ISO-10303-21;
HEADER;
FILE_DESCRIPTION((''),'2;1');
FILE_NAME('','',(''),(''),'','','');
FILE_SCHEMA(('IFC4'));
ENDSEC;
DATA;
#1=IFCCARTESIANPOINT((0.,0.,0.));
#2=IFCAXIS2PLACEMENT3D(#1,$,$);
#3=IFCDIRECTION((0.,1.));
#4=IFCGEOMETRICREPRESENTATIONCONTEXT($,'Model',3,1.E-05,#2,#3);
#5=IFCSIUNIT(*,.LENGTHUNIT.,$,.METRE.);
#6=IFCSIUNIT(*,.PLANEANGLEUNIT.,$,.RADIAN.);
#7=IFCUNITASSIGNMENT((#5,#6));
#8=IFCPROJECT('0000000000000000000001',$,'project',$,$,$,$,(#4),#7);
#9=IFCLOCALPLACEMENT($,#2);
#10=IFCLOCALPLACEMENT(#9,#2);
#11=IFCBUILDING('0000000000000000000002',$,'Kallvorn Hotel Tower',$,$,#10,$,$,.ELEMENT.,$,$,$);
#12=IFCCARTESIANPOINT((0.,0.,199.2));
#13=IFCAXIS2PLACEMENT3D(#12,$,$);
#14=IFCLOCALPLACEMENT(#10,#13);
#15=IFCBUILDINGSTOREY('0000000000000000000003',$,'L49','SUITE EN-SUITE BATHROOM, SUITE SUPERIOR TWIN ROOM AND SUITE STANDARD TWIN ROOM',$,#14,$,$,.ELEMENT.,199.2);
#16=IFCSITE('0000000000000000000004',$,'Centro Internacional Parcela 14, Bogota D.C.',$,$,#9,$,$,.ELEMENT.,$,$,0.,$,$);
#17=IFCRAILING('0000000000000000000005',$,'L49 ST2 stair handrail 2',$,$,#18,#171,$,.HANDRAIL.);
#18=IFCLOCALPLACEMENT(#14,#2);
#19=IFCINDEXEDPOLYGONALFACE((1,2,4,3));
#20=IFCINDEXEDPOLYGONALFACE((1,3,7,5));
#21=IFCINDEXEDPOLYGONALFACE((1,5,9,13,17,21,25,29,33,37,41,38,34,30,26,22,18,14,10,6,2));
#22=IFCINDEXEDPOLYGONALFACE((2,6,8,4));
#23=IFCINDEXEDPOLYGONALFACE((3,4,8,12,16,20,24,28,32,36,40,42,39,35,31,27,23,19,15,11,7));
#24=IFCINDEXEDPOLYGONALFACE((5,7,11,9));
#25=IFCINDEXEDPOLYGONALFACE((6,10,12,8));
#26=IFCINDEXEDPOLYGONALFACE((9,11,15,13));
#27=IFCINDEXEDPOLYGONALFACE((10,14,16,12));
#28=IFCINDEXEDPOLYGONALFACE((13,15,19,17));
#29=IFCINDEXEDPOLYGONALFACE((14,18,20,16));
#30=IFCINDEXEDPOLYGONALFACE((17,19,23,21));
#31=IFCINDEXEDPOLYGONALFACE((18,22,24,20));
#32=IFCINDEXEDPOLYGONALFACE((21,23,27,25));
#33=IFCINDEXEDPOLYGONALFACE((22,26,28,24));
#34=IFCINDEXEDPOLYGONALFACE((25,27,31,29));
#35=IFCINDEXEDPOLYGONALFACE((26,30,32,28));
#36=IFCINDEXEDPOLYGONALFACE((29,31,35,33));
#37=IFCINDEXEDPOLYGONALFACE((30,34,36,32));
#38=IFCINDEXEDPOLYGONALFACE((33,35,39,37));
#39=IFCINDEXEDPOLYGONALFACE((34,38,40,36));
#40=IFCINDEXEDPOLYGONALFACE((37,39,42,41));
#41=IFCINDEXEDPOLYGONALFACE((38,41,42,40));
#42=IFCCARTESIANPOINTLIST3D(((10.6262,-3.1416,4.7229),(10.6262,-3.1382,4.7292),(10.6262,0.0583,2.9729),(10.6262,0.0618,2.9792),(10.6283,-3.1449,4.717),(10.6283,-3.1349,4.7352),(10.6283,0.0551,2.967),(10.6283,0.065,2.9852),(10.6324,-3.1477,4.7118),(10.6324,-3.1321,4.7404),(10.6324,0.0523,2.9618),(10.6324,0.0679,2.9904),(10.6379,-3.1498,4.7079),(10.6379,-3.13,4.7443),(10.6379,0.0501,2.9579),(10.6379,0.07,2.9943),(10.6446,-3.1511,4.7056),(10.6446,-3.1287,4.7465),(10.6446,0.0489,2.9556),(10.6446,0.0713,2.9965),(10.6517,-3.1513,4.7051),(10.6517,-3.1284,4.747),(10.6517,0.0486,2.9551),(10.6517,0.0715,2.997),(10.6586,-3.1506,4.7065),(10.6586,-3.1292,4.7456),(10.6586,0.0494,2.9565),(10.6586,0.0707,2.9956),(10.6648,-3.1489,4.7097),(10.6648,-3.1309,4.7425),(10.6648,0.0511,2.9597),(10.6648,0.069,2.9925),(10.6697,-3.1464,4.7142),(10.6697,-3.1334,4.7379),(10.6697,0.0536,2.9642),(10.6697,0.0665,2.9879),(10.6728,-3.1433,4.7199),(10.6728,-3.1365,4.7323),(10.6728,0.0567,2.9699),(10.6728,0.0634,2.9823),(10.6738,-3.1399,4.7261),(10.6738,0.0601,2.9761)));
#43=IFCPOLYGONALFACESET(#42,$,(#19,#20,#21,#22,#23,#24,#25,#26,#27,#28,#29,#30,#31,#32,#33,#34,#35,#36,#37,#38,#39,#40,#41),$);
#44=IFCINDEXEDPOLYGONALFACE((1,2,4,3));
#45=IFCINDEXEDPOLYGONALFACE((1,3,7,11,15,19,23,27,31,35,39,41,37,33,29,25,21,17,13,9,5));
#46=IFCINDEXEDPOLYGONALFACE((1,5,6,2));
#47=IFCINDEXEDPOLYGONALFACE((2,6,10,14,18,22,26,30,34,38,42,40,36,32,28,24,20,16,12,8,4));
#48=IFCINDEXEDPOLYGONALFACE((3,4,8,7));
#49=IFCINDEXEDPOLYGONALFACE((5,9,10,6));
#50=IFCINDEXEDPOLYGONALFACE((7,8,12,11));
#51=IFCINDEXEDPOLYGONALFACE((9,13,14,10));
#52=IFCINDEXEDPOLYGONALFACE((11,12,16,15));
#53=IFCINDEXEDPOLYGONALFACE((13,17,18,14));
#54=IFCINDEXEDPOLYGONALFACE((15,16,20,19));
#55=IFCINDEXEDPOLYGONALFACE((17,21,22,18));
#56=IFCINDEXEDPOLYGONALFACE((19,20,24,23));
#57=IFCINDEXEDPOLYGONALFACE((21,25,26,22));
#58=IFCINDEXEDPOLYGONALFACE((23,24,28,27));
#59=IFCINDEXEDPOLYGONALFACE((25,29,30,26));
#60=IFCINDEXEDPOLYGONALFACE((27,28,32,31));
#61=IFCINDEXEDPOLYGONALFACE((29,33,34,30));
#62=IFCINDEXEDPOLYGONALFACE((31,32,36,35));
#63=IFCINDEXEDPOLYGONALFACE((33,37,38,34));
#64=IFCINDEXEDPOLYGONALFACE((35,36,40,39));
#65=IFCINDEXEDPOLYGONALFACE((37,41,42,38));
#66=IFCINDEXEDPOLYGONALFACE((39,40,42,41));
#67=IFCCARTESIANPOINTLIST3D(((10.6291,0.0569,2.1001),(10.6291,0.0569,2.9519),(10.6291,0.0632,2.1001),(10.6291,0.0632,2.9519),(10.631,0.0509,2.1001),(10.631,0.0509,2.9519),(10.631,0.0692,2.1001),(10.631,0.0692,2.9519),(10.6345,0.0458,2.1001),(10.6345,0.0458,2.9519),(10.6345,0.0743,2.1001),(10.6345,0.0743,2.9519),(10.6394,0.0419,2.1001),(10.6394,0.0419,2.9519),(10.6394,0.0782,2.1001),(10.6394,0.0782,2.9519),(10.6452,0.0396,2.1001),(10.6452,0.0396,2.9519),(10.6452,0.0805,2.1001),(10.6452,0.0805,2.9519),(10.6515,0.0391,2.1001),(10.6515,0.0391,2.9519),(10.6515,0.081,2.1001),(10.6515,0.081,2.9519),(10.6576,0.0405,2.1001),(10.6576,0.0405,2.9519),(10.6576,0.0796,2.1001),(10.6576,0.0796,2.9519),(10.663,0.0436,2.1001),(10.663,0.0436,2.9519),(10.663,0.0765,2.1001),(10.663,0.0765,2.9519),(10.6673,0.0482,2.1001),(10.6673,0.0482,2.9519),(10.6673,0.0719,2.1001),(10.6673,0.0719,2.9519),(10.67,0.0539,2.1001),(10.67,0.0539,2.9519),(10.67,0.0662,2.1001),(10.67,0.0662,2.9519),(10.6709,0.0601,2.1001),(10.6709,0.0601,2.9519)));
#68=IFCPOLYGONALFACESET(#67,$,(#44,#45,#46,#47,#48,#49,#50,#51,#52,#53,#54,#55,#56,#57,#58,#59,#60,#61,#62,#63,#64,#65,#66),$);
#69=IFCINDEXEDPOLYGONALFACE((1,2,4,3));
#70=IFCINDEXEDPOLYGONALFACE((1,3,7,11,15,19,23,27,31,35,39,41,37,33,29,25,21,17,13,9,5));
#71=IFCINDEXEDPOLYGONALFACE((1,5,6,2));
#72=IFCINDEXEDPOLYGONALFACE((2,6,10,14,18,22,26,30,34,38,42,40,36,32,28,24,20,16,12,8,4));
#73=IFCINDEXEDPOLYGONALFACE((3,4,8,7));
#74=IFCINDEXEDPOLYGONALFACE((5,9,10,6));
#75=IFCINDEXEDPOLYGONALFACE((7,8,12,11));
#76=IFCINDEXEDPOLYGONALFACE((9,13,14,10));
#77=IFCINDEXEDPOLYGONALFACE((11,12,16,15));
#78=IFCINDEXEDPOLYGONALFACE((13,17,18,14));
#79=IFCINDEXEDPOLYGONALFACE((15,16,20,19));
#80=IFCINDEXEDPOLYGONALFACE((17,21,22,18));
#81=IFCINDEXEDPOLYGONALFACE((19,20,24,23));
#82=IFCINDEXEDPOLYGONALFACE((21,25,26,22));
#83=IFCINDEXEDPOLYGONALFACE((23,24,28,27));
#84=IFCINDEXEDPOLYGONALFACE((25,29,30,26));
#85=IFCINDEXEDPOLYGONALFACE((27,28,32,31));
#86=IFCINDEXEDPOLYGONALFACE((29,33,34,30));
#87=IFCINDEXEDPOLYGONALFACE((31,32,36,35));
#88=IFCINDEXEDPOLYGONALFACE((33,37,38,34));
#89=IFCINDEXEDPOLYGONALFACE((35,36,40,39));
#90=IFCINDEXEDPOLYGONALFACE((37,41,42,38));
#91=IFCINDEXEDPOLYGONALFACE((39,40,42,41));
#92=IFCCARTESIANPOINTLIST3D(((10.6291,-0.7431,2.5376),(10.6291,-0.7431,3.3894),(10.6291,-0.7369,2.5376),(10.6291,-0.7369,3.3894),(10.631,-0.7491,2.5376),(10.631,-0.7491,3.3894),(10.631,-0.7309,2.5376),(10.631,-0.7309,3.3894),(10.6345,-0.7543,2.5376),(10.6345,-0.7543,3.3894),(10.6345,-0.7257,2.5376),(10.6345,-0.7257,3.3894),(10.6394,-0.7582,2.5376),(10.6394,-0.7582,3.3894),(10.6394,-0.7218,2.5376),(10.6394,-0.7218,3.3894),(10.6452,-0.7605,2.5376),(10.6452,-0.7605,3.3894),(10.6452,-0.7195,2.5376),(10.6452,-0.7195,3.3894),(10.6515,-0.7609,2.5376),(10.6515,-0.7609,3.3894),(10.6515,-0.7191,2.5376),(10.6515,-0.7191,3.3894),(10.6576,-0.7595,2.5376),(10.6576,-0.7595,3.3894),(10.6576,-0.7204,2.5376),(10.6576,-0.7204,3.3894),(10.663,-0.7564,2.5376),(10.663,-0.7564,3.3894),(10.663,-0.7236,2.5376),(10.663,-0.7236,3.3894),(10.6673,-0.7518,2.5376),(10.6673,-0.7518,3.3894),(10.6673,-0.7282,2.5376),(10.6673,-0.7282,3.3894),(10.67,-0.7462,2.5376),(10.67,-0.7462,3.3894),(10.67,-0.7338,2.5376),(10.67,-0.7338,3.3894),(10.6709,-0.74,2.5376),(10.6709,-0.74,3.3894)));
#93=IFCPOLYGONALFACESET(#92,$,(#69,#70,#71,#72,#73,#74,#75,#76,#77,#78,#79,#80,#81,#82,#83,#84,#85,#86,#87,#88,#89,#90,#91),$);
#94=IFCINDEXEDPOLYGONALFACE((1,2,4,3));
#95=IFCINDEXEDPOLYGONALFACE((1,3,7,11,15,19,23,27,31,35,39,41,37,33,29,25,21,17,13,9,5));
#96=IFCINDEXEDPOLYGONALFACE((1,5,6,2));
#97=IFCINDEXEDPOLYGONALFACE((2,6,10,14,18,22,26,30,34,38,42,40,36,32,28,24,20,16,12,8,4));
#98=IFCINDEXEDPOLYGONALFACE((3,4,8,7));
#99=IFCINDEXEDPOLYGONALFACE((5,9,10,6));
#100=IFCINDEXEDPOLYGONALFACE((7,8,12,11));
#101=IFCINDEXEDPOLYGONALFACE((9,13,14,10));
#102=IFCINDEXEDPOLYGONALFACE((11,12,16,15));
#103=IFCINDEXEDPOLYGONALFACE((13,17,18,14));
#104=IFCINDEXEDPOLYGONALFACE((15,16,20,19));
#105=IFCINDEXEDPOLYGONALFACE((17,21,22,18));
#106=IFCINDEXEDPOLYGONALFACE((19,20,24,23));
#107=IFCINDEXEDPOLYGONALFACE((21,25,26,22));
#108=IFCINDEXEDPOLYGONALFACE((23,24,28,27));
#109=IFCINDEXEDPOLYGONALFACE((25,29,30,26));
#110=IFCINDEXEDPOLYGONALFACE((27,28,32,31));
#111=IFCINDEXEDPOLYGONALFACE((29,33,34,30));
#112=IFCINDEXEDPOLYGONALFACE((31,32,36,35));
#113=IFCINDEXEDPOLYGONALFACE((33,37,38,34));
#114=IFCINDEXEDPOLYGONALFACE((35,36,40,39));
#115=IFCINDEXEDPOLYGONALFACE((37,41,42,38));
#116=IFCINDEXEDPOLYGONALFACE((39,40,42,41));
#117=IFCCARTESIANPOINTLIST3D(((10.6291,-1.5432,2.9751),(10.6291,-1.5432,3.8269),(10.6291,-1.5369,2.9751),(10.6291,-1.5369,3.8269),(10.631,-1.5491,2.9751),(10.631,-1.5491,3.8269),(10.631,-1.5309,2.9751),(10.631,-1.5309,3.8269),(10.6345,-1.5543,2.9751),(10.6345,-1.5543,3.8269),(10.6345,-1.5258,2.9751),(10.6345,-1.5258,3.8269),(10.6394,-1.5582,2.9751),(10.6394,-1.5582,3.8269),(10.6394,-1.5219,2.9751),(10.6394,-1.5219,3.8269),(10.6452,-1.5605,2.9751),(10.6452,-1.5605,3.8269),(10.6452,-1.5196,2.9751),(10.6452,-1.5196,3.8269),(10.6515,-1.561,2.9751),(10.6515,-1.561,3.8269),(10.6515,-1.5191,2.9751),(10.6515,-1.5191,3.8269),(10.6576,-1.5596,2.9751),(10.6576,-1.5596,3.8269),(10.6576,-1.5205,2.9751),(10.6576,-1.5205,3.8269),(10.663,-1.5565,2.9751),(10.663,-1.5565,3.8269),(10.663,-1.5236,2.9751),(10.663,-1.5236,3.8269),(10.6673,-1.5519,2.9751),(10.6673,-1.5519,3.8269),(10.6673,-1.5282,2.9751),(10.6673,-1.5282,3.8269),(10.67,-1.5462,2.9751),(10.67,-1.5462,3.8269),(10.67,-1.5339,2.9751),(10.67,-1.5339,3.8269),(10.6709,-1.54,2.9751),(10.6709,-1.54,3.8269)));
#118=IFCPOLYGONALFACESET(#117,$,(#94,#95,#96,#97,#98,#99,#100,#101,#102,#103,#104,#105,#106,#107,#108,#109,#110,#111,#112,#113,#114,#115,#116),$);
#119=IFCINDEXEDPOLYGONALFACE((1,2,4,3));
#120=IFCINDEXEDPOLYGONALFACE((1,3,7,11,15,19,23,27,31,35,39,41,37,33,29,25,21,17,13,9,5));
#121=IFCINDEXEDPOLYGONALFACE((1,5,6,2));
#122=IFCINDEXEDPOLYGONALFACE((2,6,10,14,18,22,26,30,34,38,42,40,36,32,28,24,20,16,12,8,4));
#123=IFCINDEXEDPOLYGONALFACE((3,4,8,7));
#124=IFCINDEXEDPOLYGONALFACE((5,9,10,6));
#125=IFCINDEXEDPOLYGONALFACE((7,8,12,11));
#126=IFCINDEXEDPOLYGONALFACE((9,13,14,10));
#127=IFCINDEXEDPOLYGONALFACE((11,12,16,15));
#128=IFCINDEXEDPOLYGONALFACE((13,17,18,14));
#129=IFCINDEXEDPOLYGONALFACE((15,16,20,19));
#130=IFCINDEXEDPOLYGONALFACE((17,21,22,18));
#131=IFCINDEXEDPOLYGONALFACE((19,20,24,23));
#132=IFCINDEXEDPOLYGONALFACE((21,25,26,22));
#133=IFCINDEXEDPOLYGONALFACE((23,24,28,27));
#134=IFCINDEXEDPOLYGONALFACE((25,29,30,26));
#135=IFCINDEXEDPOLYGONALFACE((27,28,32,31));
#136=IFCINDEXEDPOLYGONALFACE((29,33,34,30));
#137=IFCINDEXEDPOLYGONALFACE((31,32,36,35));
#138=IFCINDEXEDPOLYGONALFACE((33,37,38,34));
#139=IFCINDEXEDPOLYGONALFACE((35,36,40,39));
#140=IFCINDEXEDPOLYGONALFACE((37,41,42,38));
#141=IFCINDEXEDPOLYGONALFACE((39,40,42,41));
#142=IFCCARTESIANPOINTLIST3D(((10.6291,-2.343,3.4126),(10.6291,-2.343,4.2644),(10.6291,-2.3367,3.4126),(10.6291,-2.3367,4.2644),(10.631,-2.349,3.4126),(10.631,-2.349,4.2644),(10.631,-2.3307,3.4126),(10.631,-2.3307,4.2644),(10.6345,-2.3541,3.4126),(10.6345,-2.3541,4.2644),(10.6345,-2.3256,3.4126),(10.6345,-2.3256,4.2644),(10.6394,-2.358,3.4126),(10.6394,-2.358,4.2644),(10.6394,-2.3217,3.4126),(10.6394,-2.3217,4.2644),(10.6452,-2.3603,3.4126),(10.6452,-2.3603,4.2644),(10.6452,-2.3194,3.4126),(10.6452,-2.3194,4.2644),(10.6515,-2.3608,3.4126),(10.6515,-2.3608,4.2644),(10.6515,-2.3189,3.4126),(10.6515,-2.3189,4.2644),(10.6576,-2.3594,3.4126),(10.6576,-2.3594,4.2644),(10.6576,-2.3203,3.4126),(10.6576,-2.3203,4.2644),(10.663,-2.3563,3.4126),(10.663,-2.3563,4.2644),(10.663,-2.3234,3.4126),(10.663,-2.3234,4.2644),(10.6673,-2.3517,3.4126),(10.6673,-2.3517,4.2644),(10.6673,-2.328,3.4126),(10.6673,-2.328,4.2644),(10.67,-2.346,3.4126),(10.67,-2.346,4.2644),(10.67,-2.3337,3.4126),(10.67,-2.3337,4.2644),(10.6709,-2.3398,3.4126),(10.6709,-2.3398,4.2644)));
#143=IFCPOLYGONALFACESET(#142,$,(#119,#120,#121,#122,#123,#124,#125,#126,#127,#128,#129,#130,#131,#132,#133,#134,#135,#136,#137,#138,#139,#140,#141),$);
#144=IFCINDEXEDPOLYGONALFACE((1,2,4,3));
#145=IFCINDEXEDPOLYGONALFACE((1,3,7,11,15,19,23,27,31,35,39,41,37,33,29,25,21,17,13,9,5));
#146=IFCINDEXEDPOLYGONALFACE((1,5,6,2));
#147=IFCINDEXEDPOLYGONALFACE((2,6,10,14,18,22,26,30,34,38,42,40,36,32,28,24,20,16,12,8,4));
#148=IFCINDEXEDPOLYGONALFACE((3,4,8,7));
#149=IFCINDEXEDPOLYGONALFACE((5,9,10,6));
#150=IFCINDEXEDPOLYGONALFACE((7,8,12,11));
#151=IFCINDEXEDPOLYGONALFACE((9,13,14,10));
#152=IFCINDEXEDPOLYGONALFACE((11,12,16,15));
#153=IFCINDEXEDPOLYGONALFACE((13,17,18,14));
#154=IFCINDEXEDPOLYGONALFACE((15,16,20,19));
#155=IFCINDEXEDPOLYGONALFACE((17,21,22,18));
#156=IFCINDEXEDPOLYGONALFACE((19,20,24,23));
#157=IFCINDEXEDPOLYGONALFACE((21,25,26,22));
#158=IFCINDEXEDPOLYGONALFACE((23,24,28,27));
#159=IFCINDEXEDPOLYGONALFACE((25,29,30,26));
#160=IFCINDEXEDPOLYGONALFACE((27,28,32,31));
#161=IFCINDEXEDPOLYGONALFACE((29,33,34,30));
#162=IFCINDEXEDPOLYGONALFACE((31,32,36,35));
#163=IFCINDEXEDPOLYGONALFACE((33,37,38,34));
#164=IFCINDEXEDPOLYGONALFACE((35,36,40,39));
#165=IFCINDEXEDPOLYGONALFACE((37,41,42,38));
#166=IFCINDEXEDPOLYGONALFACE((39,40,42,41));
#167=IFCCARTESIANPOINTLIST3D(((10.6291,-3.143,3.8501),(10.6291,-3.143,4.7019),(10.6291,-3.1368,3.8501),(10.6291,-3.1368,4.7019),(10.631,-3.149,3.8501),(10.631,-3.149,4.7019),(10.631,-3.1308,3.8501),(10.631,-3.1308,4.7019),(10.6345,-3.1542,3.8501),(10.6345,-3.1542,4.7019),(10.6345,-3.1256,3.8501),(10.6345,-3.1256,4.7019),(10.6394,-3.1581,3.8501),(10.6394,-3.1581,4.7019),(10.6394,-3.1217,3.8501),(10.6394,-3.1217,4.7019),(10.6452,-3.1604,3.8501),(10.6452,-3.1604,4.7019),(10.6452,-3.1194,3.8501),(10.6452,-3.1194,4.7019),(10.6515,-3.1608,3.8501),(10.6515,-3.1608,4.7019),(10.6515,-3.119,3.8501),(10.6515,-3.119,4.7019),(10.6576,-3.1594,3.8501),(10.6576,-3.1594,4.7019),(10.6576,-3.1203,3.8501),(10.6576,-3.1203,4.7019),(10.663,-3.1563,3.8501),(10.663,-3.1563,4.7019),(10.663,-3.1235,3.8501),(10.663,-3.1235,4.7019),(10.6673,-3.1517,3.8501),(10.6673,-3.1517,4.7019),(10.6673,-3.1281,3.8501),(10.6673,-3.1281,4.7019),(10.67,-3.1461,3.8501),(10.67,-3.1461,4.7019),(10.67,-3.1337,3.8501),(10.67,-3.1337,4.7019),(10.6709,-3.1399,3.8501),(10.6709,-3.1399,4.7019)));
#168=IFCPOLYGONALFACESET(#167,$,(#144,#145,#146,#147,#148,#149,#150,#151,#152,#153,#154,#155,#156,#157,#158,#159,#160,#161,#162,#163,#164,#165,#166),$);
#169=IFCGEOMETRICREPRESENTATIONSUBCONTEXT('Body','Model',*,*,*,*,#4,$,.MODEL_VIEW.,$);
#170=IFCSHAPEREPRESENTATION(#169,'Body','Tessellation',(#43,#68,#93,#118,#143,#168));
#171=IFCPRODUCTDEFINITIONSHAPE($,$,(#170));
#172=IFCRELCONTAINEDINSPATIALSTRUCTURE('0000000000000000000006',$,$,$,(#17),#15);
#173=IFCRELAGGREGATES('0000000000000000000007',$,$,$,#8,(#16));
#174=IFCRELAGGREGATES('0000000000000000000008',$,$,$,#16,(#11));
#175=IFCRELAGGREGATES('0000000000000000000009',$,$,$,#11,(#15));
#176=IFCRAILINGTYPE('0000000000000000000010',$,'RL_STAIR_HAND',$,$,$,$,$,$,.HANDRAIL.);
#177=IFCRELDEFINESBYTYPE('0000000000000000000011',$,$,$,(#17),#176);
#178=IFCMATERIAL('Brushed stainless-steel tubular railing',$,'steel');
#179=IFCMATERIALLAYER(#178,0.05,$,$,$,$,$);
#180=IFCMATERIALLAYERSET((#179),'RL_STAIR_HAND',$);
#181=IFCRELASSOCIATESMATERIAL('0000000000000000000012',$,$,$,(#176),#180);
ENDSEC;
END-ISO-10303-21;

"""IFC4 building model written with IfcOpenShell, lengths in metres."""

from ifc_helpers import new_model, si_unit, direction, frame, origin, origin_2d, place, context, subcontext, project, spatial, circle, extrude, material, layer, layer_set, type_object, element, save


model = new_model("IFC4")

# Units and contexts
model_context = context("Model", 3, precision=1e-05, world=origin(), true_north=direction((0.0, 1.0)))
body_context = subcontext(model_context, "Body", "Model", "MODEL_VIEW")
ifc_project = project(units=[si_unit("LENGTHUNIT", "METRE"), si_unit("PLANEANGLEUNIT", "RADIAN")], contexts=[model_context])

# Site, building, storey
site_placement = place(None, origin())
site = spatial("IfcSite", under=ifc_project, at=site_placement, Name="Centro Internacional Parcela 14, Bogota D.C.", CompositionType="ELEMENT", RefElevation=0.0)
building_placement = place(site_placement, origin())
building = spatial("IfcBuilding", under=site, at=building_placement, Name="Kallvorn Hotel Tower", CompositionType="ELEMENT")
storey_placement = place(building_placement, frame((0.0, 0.0, 199.2)))
storey = spatial("IfcBuildingStorey", under=building, at=storey_placement, Name="L49", Description="SUITE EN-SUITE BATHROOM, SUITE SUPERIOR TWIN ROOM AND SUITE STANDARD TWIN ROOM", CompositionType="ELEMENT", Elevation=199.2)

# Railing
ifc_material_1 = material(Name="Brushed stainless-steel tubular railing", Category="steel")
ifc_layer_1 = layer(ifc_material_1, 0.05)
ifc_layer_set_1 = layer_set([ifc_layer_1], Name="RL_STAIR_HAND")
railing_type_1 = type_object("IfcRailingType", Name="RL_STAIR_HAND", PredefinedType="HANDRAIL", material=ifc_layer_set_1)
railing_1_placement = place(storey_placement, frame((10.6499, 0.0601, 2.1001)))
element("IfcRailing", 1, at=railing_1_placement, inside=storey, type_object=railing_type_1, Name="L49 ST2 stair handrail 2", PredefinedType="HANDRAIL", context=body_context, shape_type="SweptSolid", body=[
    extrude(circle(Radius=0.0239, at=origin_2d()), frame((0.0, 0.0, 0.876), z_axis=(0.0, -0.877368, 0.479818), x_axis=(1.0, 0.0, 0.0)), (0.0, 0.0, 1.0), 3.6472),
    extrude(circle(Radius=0.021, at=origin_2d()), origin(), (0.0, 0.0, 1.0), 0.8518),
    extrude(circle(Radius=0.021, at=origin_2d()), frame((0.0, -0.8, 0.4375)), (0.0, 0.0, 1.0), 0.8518),
    extrude(circle(Radius=0.021, at=origin_2d()), frame((0.0, -1.6001, 0.875)), (0.0, 0.0, 1.0), 0.8518),
    extrude(circle(Radius=0.021, at=origin_2d()), frame((0.0, -2.3999, 1.3125)), (0.0, 0.0, 1.0), 0.8518),
    extrude(circle(Radius=0.021, at=origin_2d()), frame((0.0, -3.2, 1.75)), (0.0, 0.0, 1.0), 0.8518),
])

save(model, "model.ifc")
